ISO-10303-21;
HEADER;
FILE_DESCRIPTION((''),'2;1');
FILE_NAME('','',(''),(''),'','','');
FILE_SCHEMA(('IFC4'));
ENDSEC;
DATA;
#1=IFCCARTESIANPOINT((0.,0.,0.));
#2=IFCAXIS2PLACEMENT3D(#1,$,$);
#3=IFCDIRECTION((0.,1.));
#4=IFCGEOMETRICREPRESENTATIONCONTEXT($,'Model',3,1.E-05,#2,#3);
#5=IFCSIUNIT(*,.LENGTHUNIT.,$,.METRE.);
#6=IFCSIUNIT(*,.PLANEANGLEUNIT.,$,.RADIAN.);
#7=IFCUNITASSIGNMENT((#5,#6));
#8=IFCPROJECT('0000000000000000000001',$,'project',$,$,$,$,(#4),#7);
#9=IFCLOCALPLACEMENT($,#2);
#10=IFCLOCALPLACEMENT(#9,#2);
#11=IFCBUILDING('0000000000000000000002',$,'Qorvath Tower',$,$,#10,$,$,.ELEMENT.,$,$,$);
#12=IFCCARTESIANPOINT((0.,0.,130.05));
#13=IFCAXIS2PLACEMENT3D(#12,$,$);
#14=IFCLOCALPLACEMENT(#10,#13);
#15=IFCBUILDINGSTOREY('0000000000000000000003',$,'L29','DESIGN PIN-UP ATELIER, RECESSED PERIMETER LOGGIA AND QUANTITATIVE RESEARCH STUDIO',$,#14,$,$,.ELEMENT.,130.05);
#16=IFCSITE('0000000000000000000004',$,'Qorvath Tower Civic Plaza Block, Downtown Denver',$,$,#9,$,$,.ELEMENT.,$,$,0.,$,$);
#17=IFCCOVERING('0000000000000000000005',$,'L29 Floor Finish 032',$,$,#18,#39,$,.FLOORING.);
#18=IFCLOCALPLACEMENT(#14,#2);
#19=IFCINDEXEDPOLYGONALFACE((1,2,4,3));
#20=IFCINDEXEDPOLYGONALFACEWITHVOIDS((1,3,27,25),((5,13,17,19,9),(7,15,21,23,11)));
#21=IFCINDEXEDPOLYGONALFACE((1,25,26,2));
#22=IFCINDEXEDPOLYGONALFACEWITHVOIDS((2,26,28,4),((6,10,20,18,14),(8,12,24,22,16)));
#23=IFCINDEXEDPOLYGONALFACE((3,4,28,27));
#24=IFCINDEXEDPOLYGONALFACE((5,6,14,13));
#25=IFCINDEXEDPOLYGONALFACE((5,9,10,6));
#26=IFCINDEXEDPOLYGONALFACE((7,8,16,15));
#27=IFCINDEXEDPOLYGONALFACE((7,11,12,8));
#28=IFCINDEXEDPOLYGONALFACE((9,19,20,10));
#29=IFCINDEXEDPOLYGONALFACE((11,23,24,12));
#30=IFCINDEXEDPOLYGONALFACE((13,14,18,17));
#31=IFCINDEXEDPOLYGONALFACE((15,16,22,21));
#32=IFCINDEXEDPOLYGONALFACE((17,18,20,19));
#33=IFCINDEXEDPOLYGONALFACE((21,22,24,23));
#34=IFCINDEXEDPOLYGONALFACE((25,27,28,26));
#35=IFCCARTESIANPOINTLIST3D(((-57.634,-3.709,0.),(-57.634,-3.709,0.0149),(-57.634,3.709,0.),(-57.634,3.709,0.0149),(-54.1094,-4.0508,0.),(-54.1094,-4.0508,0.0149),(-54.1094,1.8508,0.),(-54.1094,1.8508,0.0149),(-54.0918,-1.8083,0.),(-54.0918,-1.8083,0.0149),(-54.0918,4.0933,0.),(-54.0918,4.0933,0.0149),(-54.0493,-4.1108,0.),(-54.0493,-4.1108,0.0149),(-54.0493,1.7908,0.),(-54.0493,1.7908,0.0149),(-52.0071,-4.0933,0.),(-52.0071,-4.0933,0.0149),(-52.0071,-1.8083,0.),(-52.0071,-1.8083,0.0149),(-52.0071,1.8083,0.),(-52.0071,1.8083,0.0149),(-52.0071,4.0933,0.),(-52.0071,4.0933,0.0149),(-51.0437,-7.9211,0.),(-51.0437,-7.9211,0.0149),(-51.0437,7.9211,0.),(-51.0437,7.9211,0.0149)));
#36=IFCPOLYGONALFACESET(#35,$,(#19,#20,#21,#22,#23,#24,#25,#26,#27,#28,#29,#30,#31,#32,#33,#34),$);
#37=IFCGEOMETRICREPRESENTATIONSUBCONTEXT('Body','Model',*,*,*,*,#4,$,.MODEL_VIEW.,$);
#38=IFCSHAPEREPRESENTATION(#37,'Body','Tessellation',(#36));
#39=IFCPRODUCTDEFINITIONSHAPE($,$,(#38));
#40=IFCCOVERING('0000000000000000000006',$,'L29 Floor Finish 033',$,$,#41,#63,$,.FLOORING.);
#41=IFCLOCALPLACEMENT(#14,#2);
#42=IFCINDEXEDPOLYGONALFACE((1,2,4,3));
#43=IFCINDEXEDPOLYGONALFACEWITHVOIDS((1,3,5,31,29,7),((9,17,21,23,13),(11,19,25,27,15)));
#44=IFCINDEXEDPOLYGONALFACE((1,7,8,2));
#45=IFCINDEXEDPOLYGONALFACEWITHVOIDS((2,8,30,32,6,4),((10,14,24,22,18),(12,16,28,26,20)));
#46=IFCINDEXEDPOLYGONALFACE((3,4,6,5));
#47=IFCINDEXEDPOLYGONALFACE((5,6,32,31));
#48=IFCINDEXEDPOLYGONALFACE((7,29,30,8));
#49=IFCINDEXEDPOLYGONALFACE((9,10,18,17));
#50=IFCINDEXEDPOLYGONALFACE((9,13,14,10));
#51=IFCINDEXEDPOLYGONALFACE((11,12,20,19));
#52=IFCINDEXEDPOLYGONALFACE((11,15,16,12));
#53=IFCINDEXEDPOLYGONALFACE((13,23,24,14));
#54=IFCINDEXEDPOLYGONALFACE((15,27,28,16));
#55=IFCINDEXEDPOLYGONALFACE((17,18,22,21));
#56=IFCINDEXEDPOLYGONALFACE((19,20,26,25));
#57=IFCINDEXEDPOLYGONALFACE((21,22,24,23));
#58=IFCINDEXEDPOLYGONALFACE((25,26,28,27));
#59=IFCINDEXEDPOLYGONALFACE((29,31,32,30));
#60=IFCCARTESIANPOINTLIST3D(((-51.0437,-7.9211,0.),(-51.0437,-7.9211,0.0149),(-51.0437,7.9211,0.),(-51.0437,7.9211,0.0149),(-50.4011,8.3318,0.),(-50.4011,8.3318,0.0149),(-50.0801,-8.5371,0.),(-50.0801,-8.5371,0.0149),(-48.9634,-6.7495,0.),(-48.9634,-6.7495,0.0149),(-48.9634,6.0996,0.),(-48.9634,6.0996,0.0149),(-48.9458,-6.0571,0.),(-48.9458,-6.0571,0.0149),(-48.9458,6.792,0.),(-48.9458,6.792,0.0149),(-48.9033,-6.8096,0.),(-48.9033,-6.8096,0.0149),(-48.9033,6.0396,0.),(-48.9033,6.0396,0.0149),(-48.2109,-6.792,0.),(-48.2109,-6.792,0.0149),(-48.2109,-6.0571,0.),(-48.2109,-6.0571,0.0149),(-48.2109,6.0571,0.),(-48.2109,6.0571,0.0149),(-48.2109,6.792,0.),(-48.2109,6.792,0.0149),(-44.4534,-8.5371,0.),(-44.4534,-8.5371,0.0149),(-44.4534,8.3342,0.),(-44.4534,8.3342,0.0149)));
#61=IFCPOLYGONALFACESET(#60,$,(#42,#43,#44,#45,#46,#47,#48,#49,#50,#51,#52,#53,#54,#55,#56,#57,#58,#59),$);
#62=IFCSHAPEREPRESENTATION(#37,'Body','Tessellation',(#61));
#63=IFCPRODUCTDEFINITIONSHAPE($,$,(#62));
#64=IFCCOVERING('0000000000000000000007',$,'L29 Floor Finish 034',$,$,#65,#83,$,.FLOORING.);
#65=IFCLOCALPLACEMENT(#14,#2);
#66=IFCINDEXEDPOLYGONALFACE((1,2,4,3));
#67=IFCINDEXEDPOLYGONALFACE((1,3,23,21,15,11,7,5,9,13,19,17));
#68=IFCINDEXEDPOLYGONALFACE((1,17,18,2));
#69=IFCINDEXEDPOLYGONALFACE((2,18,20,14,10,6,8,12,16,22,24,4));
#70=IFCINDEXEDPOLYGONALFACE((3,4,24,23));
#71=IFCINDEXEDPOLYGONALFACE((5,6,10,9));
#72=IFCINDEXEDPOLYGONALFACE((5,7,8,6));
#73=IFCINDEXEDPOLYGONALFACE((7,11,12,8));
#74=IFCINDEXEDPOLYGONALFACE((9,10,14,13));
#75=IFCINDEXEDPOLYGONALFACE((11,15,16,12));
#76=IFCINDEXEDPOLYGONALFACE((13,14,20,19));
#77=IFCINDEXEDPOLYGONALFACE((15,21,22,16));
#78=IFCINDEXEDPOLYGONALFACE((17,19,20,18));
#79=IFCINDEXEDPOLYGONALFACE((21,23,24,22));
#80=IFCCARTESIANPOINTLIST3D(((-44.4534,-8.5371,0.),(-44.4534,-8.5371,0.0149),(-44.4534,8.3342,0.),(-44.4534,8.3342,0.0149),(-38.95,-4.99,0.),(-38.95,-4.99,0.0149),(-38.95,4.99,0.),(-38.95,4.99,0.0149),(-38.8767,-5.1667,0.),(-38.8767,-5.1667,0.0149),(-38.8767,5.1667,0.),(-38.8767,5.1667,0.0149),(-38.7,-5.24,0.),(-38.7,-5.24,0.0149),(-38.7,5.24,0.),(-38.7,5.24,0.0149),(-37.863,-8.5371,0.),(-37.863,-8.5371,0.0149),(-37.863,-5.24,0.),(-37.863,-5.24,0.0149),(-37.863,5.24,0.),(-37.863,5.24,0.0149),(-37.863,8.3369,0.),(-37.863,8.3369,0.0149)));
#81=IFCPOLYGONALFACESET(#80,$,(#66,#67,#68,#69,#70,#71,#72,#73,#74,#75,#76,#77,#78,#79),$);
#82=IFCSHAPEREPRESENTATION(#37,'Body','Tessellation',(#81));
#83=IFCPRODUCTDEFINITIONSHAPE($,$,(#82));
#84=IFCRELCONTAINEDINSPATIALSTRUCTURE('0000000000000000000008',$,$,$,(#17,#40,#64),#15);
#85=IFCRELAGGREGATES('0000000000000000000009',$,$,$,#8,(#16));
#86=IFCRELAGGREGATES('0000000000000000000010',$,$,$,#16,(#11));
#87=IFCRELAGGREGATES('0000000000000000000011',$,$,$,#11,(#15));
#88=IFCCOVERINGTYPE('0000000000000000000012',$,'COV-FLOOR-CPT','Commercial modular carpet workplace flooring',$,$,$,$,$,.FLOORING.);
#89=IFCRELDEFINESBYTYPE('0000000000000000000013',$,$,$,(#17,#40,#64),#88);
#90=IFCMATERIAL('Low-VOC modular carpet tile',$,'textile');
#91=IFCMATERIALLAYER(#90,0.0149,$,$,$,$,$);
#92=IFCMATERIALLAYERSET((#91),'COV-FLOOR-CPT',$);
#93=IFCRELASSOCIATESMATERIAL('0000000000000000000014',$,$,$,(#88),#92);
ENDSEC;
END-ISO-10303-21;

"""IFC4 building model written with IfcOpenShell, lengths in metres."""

from ifc_helpers import new_model, si_unit, direction, frame, origin, place, context, subcontext, project, spatial, polyline, outline, extrude, material, layer, layer_set, type_object, element, save


model = new_model("IFC4")

# Units and contexts
model_context = context("Model", 3, precision=1e-05, world=origin(), true_north=direction((0.0, 1.0)))
body_context = subcontext(model_context, "Body", "Model", "MODEL_VIEW")
ifc_project = project(units=[si_unit("LENGTHUNIT", "METRE"), si_unit("PLANEANGLEUNIT", "RADIAN")], contexts=[model_context])

# Site, building, storey
site_placement = place(None, origin())
site = spatial("IfcSite", under=ifc_project, at=site_placement, Name="Qorvath Tower Civic Plaza Block, Downtown Denver", CompositionType="ELEMENT", RefElevation=0.0)
building_placement = place(site_placement, origin())
building = spatial("IfcBuilding", under=site, at=building_placement, Name="Qorvath Tower", CompositionType="ELEMENT")
storey_placement = place(building_placement, frame((0.0, 0.0, 130.05)))
storey = spatial("IfcBuildingStorey", under=building, at=storey_placement, Name="L29", Description="DESIGN PIN-UP ATELIER, RECESSED PERIMETER LOGGIA AND QUANTITATIVE RESEARCH STUDIO", CompositionType="ELEMENT", Elevation=130.05)

# Coverings
ifc_material_1 = material(Name="Low-VOC modular carpet tile", Category="textile")
ifc_layer_1 = layer(ifc_material_1, 0.0149)
ifc_layer_set_1 = layer_set([ifc_layer_1], Name="COV-FLOOR-CPT")
covering_type_1 = type_object("IfcCoveringType", Name="COV-FLOOR-CPT", Description="Commercial modular carpet workplace flooring", PredefinedType="FLOORING", material=ifc_layer_set_1)
covering_1_placement = place(storey_placement, origin())
element("IfcCovering", 1, at=covering_1_placement, inside=storey, type_object=covering_type_1, Name="L29 Floor Finish 032", PredefinedType="FLOORING", context=body_context, shape_type="SweptSolid", body=[
    extrude(outline(polyline([(-51.0437, -7.9211), (-51.0437, 7.9211), (-57.634, 3.709), (-57.634, -3.709), (-51.0437, -7.9211)]), holes=[polyline([(-54.1094, -4.0508), (-54.0918, -1.8083), (-52.0071, -1.8083), (-52.0071, -4.0933), (-54.0493, -4.1108), (-54.1094, -4.0508)]), polyline([(-54.1094, 1.8508), (-54.0918, 4.0933), (-52.0071, 4.0933), (-52.0071, 1.8083), (-54.0493, 1.7908), (-54.1094, 1.8508)])]), origin(), (0.0, 0.0, 1.0), 0.0149),
])
covering_2_placement = place(storey_placement, origin())
element("IfcCovering", 2, at=covering_2_placement, inside=storey, type_object=covering_type_1, Name="L29 Floor Finish 033", PredefinedType="FLOORING", context=body_context, shape_type="SweptSolid", body=[
    extrude(outline(polyline([(-44.4534, -8.5371), (-44.4534, 8.3342), (-50.4011, 8.3318), (-51.0437, 7.9211), (-51.0437, -7.9211), (-50.0801, -8.5371), (-44.4534, -8.5371)]), holes=[polyline([(-48.9634, -6.7495), (-48.9458, -6.0571), (-48.2109, -6.0571), (-48.2109, -6.792), (-48.9033, -6.8096), (-48.9634, -6.7495)]), polyline([(-48.9634, 6.0996), (-48.9458, 6.792), (-48.2109, 6.792), (-48.2109, 6.0571), (-48.9033, 6.0396), (-48.9634, 6.0996)])]), origin(), (0.0, 0.0, 1.0), 0.0149),
])
covering_3_placement = place(storey_placement, origin())
element("IfcCovering", 3, at=covering_3_placement, inside=storey, type_object=covering_type_1, Name="L29 Floor Finish 034", PredefinedType="FLOORING", context=body_context, shape_type="SweptSolid", body=[
    extrude(outline(polyline([(-37.863, 8.3369), (-44.4534, 8.3342), (-44.4534, -8.5371), (-37.863, -8.5371), (-37.863, -5.24), (-38.7, -5.24), (-38.8767, -5.1667), (-38.95, -4.99), (-38.95, 4.99), (-38.8767, 5.1667), (-38.7, 5.24), (-37.863, 5.24), (-37.863, 8.3369)])), origin(), (0.0, 0.0, 1.0), 0.0149),
])

save(model, "model.ifc")
